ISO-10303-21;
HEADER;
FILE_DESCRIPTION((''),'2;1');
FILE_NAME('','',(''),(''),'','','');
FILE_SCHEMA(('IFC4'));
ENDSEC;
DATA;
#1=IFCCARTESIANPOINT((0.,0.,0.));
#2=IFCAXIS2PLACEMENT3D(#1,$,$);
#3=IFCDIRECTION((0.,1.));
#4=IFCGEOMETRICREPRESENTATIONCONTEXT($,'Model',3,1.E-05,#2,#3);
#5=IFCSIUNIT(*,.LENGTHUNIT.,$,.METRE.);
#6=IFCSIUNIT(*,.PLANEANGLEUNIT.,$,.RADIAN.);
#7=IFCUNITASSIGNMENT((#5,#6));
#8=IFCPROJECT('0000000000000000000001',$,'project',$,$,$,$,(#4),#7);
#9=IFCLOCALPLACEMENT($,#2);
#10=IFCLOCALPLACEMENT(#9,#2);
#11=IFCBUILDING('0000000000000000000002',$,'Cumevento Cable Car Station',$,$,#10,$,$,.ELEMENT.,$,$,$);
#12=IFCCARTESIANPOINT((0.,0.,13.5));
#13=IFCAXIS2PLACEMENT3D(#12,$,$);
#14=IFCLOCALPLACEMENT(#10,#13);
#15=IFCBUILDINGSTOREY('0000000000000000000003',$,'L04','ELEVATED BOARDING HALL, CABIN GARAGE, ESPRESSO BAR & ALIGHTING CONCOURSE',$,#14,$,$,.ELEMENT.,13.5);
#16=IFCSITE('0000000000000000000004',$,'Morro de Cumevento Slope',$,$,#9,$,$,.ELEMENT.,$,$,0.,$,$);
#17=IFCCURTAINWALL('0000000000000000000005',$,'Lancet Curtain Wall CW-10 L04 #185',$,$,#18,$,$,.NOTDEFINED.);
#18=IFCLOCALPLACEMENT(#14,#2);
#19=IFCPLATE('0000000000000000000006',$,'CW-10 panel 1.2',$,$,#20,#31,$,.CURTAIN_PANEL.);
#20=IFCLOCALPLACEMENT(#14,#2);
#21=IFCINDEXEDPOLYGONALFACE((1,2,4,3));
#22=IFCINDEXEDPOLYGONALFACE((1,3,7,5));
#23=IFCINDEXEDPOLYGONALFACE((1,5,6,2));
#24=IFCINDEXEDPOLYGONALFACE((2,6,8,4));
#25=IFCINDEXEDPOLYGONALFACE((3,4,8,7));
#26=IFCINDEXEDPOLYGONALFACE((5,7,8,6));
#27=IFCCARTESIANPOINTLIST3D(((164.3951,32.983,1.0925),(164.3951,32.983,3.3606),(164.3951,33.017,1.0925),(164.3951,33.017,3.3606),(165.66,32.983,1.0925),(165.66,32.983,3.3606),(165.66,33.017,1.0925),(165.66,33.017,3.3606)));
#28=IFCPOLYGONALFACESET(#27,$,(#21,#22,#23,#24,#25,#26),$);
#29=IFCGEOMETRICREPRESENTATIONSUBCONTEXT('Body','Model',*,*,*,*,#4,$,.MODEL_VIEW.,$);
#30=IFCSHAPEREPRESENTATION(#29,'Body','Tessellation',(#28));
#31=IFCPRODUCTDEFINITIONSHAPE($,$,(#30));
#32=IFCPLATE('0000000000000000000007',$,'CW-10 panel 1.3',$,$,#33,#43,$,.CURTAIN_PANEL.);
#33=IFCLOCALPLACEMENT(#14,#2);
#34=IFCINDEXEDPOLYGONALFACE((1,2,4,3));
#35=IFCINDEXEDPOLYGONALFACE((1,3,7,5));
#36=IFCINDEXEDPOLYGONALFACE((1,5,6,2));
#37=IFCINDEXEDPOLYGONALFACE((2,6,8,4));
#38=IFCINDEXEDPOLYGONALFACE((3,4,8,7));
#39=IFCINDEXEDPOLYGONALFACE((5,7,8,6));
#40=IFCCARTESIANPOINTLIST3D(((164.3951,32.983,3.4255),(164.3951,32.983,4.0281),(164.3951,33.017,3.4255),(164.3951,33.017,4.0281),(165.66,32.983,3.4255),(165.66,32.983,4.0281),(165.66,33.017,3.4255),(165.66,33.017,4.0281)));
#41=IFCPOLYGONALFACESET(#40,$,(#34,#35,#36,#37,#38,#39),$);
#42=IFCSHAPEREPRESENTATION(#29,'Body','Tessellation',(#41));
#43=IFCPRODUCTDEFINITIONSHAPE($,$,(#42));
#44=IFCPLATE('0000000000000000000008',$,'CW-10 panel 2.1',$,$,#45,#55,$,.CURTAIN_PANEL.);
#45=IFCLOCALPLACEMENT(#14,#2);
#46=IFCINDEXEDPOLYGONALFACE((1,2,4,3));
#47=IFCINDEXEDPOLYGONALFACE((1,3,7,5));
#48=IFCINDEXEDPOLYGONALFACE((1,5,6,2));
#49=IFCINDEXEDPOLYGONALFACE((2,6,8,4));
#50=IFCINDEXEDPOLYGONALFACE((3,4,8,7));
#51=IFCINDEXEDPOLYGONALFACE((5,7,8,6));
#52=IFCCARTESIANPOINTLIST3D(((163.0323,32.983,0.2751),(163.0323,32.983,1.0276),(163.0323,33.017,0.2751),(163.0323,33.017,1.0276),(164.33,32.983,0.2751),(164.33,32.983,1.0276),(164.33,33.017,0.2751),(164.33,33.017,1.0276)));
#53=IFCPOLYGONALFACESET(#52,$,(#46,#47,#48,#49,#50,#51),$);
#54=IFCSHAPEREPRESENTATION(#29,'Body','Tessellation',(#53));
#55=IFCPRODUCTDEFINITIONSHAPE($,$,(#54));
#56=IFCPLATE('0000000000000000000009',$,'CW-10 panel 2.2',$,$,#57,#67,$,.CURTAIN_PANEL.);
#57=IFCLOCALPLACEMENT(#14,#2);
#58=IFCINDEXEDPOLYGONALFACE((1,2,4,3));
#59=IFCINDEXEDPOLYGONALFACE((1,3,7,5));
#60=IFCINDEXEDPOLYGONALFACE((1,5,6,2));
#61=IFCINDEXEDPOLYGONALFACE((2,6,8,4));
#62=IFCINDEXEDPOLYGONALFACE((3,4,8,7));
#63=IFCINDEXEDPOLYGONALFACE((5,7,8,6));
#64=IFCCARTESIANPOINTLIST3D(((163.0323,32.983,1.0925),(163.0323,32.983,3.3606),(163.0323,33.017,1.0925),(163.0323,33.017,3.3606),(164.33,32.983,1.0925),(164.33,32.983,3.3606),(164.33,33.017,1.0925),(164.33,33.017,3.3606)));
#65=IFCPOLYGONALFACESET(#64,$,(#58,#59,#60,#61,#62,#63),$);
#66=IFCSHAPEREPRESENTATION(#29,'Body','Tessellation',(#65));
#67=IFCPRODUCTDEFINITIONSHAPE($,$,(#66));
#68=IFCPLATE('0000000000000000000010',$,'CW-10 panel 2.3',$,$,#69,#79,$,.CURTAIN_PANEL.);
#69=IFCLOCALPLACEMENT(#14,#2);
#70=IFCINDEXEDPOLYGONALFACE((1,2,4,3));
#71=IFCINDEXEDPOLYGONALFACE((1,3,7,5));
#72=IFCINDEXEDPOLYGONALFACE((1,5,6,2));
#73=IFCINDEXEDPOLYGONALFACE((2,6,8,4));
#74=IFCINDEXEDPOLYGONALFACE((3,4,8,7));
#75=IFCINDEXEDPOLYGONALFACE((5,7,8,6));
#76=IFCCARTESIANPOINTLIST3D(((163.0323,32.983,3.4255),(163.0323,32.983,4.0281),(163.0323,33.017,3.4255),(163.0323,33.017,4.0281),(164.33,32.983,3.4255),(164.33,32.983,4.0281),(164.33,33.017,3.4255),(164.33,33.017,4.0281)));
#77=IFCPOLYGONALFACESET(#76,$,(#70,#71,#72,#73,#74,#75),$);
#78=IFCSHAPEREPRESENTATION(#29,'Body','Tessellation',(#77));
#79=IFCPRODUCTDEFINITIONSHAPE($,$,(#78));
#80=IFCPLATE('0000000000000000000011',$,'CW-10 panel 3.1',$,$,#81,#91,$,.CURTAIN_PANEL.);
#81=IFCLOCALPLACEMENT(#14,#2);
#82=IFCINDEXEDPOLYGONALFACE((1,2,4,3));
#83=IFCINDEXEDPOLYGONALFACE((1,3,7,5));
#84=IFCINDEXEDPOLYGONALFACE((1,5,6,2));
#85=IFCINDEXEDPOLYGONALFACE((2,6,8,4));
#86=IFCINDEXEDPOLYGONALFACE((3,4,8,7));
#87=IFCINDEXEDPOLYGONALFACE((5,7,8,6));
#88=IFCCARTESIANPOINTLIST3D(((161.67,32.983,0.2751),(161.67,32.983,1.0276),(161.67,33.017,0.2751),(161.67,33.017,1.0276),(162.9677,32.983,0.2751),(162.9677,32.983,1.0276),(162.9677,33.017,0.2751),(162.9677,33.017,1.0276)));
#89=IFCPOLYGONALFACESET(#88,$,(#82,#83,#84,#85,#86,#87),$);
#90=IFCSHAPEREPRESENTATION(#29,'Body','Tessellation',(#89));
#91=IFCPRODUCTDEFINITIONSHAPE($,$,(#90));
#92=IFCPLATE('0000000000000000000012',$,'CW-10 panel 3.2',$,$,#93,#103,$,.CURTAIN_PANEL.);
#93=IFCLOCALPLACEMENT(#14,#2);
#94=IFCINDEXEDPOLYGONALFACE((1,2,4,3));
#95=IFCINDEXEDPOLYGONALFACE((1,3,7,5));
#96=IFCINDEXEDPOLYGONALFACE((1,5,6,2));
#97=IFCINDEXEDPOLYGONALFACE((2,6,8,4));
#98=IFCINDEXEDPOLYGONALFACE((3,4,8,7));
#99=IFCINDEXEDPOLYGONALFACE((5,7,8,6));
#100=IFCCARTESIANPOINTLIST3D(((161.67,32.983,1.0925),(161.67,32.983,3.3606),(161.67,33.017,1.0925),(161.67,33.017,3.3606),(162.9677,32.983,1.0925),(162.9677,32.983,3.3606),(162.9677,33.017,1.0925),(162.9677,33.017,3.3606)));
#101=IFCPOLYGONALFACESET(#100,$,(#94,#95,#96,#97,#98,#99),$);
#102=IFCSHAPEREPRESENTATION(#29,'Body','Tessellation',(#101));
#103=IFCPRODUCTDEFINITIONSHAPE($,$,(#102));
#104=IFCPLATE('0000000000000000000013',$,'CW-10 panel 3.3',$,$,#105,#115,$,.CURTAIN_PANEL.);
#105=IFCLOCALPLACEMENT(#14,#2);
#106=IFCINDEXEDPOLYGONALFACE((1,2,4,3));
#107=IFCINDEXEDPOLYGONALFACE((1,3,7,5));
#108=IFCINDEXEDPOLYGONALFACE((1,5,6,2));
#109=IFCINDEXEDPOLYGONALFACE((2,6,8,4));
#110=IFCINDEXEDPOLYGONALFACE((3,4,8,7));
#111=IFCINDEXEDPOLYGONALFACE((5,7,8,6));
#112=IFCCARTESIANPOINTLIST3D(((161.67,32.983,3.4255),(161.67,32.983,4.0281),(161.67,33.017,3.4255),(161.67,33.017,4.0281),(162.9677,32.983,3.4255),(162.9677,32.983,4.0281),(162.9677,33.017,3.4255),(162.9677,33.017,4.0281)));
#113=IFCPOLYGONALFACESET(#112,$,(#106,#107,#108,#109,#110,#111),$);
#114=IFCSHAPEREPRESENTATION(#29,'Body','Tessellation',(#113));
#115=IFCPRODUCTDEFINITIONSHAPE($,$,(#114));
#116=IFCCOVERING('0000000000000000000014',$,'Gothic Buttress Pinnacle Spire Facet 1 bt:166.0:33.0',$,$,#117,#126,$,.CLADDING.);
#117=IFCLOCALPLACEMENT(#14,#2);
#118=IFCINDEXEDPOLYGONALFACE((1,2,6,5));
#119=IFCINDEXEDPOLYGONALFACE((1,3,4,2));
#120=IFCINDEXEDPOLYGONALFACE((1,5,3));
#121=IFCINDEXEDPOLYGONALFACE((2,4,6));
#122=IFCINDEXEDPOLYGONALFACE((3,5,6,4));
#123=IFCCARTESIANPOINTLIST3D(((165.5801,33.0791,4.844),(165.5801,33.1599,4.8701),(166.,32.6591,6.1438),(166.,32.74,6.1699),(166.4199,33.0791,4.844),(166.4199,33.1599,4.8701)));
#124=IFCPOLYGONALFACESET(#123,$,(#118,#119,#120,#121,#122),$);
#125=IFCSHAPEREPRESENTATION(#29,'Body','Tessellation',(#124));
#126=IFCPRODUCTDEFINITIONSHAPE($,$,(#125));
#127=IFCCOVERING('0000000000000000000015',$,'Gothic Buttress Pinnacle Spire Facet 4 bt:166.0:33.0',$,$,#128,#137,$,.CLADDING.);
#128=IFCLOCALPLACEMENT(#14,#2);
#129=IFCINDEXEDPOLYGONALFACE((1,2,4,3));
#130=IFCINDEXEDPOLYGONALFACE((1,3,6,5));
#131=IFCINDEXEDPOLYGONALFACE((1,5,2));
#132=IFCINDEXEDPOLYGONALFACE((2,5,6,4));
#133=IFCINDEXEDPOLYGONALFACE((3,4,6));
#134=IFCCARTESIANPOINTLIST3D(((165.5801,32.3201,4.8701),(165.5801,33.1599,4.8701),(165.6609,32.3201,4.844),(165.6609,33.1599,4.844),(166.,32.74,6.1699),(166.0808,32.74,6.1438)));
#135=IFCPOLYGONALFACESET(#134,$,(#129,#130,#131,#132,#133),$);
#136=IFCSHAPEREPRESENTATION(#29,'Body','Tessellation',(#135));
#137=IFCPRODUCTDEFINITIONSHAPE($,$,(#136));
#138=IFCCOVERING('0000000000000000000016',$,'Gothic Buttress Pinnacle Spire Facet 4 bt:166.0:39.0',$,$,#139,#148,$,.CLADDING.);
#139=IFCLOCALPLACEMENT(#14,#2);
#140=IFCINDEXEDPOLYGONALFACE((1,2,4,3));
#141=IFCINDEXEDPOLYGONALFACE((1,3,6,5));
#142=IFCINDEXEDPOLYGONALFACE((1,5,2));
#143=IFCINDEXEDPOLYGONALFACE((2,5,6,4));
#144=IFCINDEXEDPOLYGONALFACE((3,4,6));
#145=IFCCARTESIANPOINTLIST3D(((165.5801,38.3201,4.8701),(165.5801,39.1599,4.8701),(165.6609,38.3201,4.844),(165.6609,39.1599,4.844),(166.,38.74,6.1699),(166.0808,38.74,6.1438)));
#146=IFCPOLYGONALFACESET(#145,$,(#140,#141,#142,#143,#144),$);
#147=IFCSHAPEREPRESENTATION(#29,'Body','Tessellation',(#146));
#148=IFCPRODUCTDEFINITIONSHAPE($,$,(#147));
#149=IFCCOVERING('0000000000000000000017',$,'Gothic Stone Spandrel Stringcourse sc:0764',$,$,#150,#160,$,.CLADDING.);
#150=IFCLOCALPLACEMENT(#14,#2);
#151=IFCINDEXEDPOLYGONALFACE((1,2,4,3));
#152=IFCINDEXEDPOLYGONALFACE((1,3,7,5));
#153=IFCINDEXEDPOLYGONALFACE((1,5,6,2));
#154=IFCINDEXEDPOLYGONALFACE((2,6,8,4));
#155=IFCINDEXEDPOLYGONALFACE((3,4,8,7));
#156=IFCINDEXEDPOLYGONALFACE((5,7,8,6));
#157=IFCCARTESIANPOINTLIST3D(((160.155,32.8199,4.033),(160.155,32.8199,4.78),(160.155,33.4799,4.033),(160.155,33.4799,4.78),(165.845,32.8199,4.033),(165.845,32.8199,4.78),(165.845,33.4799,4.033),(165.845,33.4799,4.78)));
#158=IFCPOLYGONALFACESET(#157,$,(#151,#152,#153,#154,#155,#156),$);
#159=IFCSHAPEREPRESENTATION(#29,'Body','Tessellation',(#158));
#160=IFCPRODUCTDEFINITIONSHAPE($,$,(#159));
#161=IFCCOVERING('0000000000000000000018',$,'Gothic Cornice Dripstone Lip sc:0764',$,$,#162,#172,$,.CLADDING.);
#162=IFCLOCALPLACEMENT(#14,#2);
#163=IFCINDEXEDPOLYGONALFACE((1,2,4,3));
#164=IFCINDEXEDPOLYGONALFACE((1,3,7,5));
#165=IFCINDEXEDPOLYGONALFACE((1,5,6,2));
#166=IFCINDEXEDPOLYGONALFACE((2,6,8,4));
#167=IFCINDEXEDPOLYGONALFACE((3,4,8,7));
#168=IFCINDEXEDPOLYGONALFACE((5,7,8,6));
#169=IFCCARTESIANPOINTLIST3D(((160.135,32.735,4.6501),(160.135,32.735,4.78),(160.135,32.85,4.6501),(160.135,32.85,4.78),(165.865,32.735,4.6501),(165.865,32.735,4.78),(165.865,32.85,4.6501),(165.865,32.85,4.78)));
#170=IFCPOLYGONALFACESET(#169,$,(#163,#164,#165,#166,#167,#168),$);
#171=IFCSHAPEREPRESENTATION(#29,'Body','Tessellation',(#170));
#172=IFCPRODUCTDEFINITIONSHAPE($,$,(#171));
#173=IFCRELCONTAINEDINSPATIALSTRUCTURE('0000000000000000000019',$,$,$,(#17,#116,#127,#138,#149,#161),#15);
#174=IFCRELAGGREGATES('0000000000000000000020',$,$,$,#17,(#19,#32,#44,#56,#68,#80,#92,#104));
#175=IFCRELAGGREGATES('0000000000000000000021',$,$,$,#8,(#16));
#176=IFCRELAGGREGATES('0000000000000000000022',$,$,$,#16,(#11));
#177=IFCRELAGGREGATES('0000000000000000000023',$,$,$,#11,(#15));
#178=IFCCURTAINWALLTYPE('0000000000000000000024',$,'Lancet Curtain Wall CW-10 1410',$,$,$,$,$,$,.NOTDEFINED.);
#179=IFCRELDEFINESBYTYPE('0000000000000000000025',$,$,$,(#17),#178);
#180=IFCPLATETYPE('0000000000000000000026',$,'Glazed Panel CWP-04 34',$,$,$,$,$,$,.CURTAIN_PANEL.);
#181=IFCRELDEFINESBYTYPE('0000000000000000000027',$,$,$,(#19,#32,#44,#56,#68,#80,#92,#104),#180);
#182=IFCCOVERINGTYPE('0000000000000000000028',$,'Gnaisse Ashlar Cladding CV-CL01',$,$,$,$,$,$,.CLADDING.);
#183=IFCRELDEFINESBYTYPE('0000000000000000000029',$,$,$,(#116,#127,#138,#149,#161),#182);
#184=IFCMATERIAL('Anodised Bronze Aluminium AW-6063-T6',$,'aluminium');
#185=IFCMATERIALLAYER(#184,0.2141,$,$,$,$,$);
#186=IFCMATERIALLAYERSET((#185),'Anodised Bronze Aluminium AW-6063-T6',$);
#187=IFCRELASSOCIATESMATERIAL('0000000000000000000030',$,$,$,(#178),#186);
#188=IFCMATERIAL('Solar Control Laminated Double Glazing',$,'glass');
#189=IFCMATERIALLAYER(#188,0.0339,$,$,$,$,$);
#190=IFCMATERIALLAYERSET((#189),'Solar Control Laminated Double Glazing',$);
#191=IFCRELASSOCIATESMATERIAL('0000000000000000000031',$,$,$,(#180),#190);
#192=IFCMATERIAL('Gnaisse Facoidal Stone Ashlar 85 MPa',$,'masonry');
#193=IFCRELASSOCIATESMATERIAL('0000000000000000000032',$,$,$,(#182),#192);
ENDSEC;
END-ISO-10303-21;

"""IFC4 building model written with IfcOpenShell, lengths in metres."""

from ifc_helpers import new_model, si_unit, direction, frame, origin, origin_2d, place, context, subcontext, project, spatial, polyline, rectangle, outline, extrude, material, layer, layer_set, type_object, element, aggregate, save


model = new_model("IFC4")

# Units and contexts
model_context = context("Model", 3, precision=1e-05, world=origin(), true_north=direction((0.0, 1.0)))
body_context = subcontext(model_context, "Body", "Model", "MODEL_VIEW")
ifc_project = project(units=[si_unit("LENGTHUNIT", "METRE"), si_unit("PLANEANGLEUNIT", "RADIAN")], contexts=[model_context])

# Site, building, storey
site_placement = place(None, origin())
site = spatial("IfcSite", under=ifc_project, at=site_placement, Name="Morro de Cumevento Slope", CompositionType="ELEMENT", RefElevation=0.0)
building_placement = place(site_placement, origin())
building = spatial("IfcBuilding", under=site, at=building_placement, Name="Cumevento Cable Car Station", CompositionType="ELEMENT")
storey_placement = place(building_placement, frame((0.0, 0.0, 13.5)))
storey = spatial("IfcBuildingStorey", under=building, at=storey_placement, Name="L04", Description="ELEVATED BOARDING HALL, CABIN GARAGE, ESPRESSO BAR & ALIGHTING CONCOURSE", CompositionType="ELEMENT", Elevation=13.5)

# Curtain wall, plates
ifc_material_1 = material(Name="Anodised Bronze Aluminium AW-6063-T6", Category="aluminium")
ifc_layer_1 = layer(ifc_material_1, 0.2141)
ifc_layer_set_1 = layer_set([ifc_layer_1], Name="Anodised Bronze Aluminium AW-6063-T6")
curtain_wall_type = type_object("IfcCurtainWallType", Name="Lancet Curtain Wall CW-10 1410", PredefinedType="NOTDEFINED", material=ifc_layer_set_1)
curtain_wall_placement = place(storey_placement, origin())
curtain_wall = element("IfcCurtainWall", 1, at=curtain_wall_placement, inside=storey, type_object=curtain_wall_type, Name="Lancet Curtain Wall CW-10 L04 #185", PredefinedType="NOTDEFINED")
ifc_material_2 = material(Name="Solar Control Laminated Double Glazing", Category="glass")
ifc_layer_2 = layer(ifc_material_2, 0.0339)
ifc_layer_set_2 = layer_set([ifc_layer_2], Name="Solar Control Laminated Double Glazing")
plate_type = type_object("IfcPlateType", Name="Glazed Panel CWP-04 34", PredefinedType="CURTAIN_PANEL", material=ifc_layer_set_2)
plate_1_placement = place(storey_placement, frame((165.0276, 33.0, 1.0925), z_axis=(0.0, 0.0, 1.0), x_axis=(-1.0, 0.0, 0.0)))
plate_1 = element("IfcPlate", 2, at=plate_1_placement, type_object=plate_type, Name="CW-10 panel 1.2", PredefinedType="CURTAIN_PANEL", context=body_context, shape_type="SweptSolid", body=[
    extrude(rectangle(XDim=1.2649, YDim=0.0339, at=origin_2d()), origin(), (0.0, 0.0, 1.0), 2.2681),
])
plate_2_placement = place(storey_placement, frame((165.0276, 33.0, 3.4255), z_axis=(0.0, 0.0, 1.0), x_axis=(-1.0, 0.0, 0.0)))
plate_2 = element("IfcPlate", 3, at=plate_2_placement, type_object=plate_type, Name="CW-10 panel 1.3", PredefinedType="CURTAIN_PANEL", context=body_context, shape_type="SweptSolid", body=[
    extrude(rectangle(XDim=1.2649, YDim=0.0339, at=origin_2d()), origin(), (0.0, 0.0, 1.0), 0.6025),
])
plate_3_placement = place(storey_placement, frame((163.6812, 33.0, 0.2751), z_axis=(0.0, 0.0, 1.0), x_axis=(-1.0, 0.0, 0.0)))
plate_3 = element("IfcPlate", 4, at=plate_3_placement, type_object=plate_type, Name="CW-10 panel 2.1", PredefinedType="CURTAIN_PANEL", context=body_context, shape_type="SweptSolid", body=[
    extrude(rectangle(XDim=1.2976, YDim=0.0339, at=origin_2d()), origin(), (0.0, 0.0, 1.0), 0.7524),
])
plate_4_placement = place(storey_placement, frame((163.6812, 33.0, 1.0925), z_axis=(0.0, 0.0, 1.0), x_axis=(-1.0, 0.0, 0.0)))
plate_4 = element("IfcPlate", 5, at=plate_4_placement, type_object=plate_type, Name="CW-10 panel 2.2", PredefinedType="CURTAIN_PANEL", context=body_context, shape_type="SweptSolid", body=[
    extrude(rectangle(XDim=1.2976, YDim=0.0339, at=origin_2d()), origin(), (0.0, 0.0, 1.0), 2.2681),
])
plate_5_placement = place(storey_placement, frame((163.6812, 33.0, 3.4255), z_axis=(0.0, 0.0, 1.0), x_axis=(-1.0, 0.0, 0.0)))
plate_5 = element("IfcPlate", 6, at=plate_5_placement, type_object=plate_type, Name="CW-10 panel 2.3", PredefinedType="CURTAIN_PANEL", context=body_context, shape_type="SweptSolid", body=[
    extrude(rectangle(XDim=1.2976, YDim=0.0339, at=origin_2d()), origin(), (0.0, 0.0, 1.0), 0.6025),
])
plate_6_placement = place(storey_placement, frame((162.3188, 33.0, 0.2751), z_axis=(0.0, 0.0, 1.0), x_axis=(-1.0, 0.0, 0.0)))
plate_6 = element("IfcPlate", 7, at=plate_6_placement, type_object=plate_type, Name="CW-10 panel 3.1", PredefinedType="CURTAIN_PANEL", context=body_context, shape_type="SweptSolid", body=[
    extrude(rectangle(XDim=1.2976, YDim=0.0339, at=origin_2d()), origin(), (0.0, 0.0, 1.0), 0.7524),
])
plate_7_placement = place(storey_placement, frame((162.3188, 33.0, 1.0925), z_axis=(0.0, 0.0, 1.0), x_axis=(-1.0, 0.0, 0.0)))
plate_7 = element("IfcPlate", 8, at=plate_7_placement, type_object=plate_type, Name="CW-10 panel 3.2", PredefinedType="CURTAIN_PANEL", context=body_context, shape_type="SweptSolid", body=[
    extrude(rectangle(XDim=1.2976, YDim=0.0339, at=origin_2d()), origin(), (0.0, 0.0, 1.0), 2.2681),
])
plate_8_placement = place(storey_placement, frame((162.3188, 33.0, 3.4255), z_axis=(0.0, 0.0, 1.0), x_axis=(-1.0, 0.0, 0.0)))
plate_8 = element("IfcPlate", 9, at=plate_8_placement, type_object=plate_type, Name="CW-10 panel 3.3", PredefinedType="CURTAIN_PANEL", context=body_context, shape_type="SweptSolid", body=[
    extrude(rectangle(XDim=1.2976, YDim=0.0339, at=origin_2d()), origin(), (0.0, 0.0, 1.0), 0.6025),
])
aggregate(curtain_wall, [plate_1, plate_2, plate_3, plate_4, plate_5, plate_6, plate_7, plate_8])

# Coverings
ifc_material_3 = material(Name="Gnaisse Facoidal Stone Ashlar 85 MPa", Category="masonry")
covering_type = type_object("IfcCoveringType", Name="Gnaisse Ashlar Cladding CV-CL01", PredefinedType="CLADDING", material=ifc_material_3)
for number, where, z_axis, x_axis, name in (
    (10, (165.5801, 33.1599, 4.8701), (0.0, 0.951574, 0.307421), (1.0, 0.0, 0.0), "Gothic Buttress Pinnacle Spire Facet 1 bt:166.0:33.0"),
    (11, (165.5801, 32.3201, 4.8701), (-0.951574, 0.0, 0.307421), (0.0, 1.0, 0.0), "Gothic Buttress Pinnacle Spire Facet 4 bt:166.0:33.0"),
    (12, (165.5801, 38.3201, 4.8701), (-0.951574, 0.0, 0.307421), (0.0, 1.0, 0.0), "Gothic Buttress Pinnacle Spire Facet 4 bt:166.0:39.0"),
):
    element("IfcCovering", number, at=place(storey_placement, frame(where, z_axis=z_axis, x_axis=x_axis)), inside=storey, type_object=covering_type, Name=name, PredefinedType="CLADDING", context=body_context, shape_type="SweptSolid", body=[
        extrude(outline(polyline([(0.0, 0.0), (0.8398, 0.0), (0.4199, -1.366), (0.0, 0.0)])), origin(), (0.0, 0.0, -1.0), 0.085),
    ])
covering_1_placement = place(storey_placement, frame((163.0, 33.1499, 4.033), z_axis=(0.0, 0.0, 1.0), x_axis=(-1.0, 0.0, 0.0)))
element("IfcCovering", 13, at=covering_1_placement, inside=storey, type_object=covering_type, Name="Gothic Stone Spandrel Stringcourse sc:0764", PredefinedType="CLADDING", context=body_context, shape_type="SweptSolid", body=[
    extrude(rectangle(XDim=5.6899, YDim=0.6599, at=origin_2d()), origin(), (0.0, 0.0, 1.0), 0.7471),
])
covering_2_placement = place(storey_placement, frame((163.0, 32.7925, 4.6501), z_axis=(0.0, 0.0, 1.0), x_axis=(-1.0, 0.0, 0.0)))
element("IfcCovering", 14, at=covering_2_placement, inside=storey, type_object=covering_type, Name="Gothic Cornice Dripstone Lip sc:0764", PredefinedType="CLADDING", context=body_context, shape_type="SweptSolid", body=[
    extrude(rectangle(XDim=5.73, YDim=0.115, at=origin_2d()), origin(), (0.0, 0.0, 1.0), 0.1299),
])

save(model, "model.ifc")
